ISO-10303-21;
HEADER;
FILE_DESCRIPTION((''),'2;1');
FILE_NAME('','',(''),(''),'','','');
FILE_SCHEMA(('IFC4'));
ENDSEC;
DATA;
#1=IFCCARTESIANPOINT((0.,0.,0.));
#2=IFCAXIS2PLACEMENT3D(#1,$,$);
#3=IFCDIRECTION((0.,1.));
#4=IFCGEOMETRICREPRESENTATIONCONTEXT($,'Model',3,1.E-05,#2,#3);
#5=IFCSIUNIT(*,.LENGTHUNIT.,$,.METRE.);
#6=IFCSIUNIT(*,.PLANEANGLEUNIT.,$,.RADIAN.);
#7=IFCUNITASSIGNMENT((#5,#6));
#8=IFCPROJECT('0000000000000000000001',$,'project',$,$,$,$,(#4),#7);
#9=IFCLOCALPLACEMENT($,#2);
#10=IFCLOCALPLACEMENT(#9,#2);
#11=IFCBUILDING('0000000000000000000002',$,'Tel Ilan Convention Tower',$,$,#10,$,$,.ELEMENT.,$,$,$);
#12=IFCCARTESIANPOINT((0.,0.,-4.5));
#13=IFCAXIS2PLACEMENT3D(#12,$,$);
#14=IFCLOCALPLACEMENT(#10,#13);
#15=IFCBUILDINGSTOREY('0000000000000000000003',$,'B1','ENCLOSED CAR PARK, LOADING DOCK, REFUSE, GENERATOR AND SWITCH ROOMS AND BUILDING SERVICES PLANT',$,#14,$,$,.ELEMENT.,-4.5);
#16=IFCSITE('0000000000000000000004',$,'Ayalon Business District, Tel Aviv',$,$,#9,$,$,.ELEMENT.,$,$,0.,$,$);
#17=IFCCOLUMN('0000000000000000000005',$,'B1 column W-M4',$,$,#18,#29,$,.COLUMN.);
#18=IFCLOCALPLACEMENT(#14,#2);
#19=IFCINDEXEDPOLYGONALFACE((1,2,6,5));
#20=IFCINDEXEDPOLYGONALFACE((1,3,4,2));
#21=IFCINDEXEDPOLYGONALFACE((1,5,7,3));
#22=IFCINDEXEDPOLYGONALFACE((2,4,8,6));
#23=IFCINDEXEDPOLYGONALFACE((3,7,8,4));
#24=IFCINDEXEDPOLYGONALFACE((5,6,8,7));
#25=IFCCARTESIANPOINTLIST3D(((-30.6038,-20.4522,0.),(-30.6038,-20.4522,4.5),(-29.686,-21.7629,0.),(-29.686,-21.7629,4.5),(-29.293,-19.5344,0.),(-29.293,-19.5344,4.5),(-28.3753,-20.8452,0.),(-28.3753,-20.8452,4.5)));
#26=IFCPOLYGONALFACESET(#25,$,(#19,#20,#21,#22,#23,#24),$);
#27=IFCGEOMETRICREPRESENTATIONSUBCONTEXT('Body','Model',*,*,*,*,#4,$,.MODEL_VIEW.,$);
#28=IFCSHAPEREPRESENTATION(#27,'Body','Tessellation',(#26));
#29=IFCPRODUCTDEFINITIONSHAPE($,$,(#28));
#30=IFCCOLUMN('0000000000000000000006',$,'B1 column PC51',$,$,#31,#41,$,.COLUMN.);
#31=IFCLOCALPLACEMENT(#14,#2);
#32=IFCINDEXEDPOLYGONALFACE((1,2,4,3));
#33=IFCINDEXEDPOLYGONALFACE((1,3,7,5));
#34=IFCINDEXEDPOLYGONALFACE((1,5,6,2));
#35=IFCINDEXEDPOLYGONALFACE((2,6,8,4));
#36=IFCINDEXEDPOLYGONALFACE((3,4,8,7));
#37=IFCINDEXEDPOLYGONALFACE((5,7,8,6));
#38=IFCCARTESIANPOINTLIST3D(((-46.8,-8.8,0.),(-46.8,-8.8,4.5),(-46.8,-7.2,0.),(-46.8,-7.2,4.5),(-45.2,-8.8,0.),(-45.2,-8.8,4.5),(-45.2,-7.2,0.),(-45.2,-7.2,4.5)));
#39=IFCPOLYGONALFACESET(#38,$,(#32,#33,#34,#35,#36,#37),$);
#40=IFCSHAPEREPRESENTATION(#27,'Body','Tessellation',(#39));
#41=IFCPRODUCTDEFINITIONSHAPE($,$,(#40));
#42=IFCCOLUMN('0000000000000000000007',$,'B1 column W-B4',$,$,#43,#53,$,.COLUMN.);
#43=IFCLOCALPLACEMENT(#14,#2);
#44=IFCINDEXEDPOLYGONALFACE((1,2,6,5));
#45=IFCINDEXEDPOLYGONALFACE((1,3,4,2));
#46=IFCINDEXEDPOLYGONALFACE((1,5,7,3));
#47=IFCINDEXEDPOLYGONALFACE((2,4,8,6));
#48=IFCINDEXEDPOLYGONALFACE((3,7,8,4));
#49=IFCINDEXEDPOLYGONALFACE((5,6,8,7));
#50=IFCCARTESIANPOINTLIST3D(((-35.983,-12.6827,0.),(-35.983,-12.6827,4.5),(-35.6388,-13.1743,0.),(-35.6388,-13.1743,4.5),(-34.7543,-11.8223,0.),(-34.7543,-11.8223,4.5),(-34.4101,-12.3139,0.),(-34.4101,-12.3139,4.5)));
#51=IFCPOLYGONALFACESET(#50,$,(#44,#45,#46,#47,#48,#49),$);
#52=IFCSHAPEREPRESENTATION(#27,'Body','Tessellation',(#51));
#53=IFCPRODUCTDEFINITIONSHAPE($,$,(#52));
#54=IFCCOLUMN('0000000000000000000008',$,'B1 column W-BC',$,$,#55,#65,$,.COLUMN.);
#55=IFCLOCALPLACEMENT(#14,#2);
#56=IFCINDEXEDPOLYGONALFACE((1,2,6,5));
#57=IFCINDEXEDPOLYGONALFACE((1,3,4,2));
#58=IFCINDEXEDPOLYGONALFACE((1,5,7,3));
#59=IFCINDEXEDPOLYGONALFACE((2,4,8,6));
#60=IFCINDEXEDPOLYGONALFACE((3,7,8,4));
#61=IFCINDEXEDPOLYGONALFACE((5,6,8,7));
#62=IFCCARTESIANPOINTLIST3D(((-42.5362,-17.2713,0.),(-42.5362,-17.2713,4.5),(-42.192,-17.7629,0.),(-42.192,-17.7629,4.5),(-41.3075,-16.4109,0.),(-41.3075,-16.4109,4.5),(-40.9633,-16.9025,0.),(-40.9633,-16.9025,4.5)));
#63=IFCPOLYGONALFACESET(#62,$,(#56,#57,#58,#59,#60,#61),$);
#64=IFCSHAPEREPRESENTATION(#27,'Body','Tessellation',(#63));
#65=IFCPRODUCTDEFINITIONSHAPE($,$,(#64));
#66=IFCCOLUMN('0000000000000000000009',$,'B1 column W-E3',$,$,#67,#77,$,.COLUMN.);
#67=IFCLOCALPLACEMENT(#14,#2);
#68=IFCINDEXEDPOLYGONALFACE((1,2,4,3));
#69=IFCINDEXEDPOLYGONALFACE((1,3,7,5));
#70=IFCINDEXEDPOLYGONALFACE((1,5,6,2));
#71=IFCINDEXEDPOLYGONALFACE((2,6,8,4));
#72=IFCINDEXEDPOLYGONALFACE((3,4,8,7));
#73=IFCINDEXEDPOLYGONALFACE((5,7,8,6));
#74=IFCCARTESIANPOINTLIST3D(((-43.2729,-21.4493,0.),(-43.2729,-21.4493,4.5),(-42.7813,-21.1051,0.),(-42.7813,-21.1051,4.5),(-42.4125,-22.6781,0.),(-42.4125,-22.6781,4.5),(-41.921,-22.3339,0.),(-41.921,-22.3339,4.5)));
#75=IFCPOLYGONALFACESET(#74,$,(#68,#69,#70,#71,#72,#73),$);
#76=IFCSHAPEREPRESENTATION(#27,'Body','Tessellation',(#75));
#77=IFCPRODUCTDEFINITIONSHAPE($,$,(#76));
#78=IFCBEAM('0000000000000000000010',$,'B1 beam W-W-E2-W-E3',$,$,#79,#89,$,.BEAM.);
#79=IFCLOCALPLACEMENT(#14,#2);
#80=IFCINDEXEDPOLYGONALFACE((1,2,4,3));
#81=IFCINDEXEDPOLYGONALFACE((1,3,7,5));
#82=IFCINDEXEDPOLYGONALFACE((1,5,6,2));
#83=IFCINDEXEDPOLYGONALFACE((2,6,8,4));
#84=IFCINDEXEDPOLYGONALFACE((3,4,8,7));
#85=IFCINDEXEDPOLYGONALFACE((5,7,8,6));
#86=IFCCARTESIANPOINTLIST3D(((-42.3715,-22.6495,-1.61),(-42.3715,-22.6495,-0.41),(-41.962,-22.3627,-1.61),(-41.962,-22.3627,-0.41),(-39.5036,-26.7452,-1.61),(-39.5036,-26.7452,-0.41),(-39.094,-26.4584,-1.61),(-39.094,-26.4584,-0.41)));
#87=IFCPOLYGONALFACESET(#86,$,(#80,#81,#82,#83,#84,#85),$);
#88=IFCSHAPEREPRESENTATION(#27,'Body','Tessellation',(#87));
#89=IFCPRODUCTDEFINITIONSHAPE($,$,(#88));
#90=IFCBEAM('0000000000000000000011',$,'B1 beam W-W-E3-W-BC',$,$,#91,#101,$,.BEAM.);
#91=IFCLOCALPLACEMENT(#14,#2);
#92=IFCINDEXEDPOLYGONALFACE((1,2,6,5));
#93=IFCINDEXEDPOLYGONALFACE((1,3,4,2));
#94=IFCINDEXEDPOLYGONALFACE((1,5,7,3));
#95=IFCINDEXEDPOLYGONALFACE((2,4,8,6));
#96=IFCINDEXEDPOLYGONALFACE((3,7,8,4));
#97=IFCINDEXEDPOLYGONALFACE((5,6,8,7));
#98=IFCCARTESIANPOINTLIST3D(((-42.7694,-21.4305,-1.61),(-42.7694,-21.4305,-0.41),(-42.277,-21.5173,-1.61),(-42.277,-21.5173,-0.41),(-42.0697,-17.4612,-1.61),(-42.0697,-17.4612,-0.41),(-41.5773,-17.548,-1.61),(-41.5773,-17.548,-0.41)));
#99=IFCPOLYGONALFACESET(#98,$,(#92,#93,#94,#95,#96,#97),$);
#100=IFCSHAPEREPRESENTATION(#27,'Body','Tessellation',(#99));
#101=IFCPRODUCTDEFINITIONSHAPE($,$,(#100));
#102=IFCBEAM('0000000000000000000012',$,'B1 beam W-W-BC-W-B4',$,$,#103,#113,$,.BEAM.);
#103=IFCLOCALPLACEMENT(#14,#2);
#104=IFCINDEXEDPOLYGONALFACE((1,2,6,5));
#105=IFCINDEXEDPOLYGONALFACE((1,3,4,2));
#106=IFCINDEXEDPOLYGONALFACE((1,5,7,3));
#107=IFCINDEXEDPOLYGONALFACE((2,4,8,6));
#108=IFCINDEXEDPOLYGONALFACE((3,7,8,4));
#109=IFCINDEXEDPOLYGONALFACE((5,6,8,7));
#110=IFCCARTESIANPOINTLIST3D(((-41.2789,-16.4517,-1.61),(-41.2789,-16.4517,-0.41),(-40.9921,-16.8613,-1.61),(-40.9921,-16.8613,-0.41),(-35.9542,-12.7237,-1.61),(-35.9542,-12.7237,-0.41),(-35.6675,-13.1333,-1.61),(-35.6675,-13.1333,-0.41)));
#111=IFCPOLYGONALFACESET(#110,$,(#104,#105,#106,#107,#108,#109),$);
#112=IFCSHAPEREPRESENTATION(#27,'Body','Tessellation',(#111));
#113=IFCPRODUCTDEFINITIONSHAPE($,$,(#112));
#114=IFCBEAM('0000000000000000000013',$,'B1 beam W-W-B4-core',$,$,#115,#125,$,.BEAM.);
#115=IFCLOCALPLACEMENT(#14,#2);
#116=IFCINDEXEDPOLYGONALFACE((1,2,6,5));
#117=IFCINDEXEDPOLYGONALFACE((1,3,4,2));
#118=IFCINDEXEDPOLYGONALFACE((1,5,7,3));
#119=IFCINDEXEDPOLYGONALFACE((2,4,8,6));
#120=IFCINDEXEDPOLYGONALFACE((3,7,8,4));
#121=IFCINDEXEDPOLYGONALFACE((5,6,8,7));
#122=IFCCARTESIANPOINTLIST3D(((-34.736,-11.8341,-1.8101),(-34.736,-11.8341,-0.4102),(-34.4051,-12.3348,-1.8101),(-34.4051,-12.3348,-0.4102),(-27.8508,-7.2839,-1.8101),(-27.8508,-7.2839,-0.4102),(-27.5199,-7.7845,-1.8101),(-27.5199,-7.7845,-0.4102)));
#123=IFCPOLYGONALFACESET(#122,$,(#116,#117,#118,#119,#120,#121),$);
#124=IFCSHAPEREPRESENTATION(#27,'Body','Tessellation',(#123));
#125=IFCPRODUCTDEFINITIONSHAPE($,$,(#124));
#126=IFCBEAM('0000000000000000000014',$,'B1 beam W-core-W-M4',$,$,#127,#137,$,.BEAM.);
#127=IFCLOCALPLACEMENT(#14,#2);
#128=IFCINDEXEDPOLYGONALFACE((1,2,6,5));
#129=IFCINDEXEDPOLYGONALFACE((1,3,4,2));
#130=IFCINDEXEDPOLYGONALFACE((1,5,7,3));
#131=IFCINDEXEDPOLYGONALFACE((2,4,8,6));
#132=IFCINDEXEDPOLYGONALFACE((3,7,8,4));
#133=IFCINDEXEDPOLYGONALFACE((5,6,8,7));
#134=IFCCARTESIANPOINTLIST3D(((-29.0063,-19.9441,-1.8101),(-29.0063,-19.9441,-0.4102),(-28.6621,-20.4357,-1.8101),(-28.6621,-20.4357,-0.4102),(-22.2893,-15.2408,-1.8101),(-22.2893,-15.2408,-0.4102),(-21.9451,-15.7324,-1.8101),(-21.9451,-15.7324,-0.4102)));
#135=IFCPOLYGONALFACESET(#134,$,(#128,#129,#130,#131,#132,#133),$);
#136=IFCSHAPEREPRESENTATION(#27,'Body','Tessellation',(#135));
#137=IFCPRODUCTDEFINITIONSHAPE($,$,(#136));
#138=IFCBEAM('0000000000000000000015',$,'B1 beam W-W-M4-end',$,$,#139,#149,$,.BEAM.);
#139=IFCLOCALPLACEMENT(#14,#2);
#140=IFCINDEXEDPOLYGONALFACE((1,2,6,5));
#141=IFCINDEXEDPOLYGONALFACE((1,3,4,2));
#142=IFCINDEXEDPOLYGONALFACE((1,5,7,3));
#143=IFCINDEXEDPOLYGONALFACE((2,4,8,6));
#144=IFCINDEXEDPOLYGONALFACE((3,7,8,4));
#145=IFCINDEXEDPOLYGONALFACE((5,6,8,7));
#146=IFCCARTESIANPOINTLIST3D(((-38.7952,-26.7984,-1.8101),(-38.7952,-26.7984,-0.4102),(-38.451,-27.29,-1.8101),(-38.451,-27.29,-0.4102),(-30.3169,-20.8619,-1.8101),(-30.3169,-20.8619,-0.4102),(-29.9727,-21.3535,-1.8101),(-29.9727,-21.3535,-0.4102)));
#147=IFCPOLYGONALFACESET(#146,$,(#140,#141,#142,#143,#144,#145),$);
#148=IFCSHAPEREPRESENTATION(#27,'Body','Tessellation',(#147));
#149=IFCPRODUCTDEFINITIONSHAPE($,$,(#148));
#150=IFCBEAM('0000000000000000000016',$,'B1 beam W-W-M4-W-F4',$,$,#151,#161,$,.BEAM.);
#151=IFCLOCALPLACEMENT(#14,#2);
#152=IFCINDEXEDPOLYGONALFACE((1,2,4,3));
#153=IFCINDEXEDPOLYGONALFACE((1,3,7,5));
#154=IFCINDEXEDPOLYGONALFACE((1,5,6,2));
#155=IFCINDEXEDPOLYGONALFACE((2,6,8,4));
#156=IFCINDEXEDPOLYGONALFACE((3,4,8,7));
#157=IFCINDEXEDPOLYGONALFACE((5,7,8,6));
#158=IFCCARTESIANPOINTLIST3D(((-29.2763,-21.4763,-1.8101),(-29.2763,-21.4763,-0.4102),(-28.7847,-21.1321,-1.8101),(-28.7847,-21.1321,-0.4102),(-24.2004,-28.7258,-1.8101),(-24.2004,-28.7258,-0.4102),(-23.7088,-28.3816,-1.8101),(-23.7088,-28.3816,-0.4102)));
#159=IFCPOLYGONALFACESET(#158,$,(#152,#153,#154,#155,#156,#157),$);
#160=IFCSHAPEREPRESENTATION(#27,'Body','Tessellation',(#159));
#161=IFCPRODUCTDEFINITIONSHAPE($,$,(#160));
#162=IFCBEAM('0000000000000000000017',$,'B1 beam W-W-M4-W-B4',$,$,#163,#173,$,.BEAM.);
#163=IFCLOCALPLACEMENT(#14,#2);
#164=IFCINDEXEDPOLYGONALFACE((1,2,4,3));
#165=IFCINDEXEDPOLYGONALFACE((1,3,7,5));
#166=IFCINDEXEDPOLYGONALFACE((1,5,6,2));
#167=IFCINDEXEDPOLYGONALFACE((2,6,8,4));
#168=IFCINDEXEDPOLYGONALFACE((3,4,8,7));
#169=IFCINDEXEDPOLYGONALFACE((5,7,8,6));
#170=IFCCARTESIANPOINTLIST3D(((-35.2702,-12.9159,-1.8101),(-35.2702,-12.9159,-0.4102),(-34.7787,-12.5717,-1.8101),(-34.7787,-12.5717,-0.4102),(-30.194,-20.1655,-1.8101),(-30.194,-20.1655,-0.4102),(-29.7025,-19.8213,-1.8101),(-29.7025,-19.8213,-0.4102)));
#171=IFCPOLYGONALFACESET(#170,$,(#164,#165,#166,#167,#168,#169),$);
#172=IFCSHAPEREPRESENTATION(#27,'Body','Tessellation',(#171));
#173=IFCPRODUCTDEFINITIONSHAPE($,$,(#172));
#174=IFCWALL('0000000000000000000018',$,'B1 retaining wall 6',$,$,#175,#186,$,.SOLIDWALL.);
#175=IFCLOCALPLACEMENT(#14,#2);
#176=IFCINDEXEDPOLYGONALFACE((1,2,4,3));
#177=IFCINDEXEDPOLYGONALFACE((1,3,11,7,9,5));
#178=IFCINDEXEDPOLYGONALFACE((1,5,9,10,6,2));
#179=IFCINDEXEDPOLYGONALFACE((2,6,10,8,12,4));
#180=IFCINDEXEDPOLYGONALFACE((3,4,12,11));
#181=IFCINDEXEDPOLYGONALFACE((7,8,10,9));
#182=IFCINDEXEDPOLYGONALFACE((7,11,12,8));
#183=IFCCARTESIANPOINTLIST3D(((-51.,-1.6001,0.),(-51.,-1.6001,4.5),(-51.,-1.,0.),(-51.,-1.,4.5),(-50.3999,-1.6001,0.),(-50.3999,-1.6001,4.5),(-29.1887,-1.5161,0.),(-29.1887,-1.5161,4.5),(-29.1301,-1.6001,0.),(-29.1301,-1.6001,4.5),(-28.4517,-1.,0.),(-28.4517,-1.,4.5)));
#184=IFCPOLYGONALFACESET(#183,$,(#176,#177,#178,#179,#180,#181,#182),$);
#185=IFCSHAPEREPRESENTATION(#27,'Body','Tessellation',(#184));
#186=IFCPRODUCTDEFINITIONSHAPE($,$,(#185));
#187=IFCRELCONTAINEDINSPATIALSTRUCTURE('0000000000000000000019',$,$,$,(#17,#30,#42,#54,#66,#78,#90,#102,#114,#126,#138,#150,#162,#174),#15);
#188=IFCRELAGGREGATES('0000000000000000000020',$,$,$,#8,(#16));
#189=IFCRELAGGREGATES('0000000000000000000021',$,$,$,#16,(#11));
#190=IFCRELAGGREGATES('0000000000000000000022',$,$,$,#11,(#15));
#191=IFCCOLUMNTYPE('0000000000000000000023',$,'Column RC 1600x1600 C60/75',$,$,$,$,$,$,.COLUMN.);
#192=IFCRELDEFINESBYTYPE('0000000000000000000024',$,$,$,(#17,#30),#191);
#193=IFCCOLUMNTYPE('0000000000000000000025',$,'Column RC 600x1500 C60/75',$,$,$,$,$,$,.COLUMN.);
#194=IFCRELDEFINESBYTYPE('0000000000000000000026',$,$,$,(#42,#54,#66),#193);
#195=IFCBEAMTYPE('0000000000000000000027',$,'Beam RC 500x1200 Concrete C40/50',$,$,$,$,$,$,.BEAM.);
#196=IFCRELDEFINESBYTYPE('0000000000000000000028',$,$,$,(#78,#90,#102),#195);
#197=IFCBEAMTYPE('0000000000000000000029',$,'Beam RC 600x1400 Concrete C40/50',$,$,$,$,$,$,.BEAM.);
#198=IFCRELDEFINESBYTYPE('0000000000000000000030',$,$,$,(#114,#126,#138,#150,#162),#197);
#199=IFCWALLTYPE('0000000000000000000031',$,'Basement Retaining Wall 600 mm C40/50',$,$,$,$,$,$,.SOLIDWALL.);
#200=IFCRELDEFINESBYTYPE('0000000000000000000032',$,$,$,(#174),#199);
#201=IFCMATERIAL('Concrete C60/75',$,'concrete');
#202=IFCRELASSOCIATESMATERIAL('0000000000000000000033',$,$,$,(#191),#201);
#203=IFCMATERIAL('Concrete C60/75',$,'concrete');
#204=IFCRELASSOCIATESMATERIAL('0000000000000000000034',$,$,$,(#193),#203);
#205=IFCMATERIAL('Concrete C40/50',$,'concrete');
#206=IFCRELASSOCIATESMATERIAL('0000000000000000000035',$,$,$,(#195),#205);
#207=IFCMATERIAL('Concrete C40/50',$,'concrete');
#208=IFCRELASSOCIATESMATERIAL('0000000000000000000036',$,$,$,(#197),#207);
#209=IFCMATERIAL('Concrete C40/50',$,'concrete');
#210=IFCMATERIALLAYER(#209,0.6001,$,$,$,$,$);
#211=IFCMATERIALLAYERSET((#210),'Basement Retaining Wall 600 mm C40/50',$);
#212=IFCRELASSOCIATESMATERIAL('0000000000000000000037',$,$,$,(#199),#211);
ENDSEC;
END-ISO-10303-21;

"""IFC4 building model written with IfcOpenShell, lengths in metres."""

from ifc_helpers import new_model, si_unit, direction, frame, origin, origin_2d, place, context, subcontext, project, spatial, polyline, rectangle, outline, extrude, material, layer, layer_set, material_profile, profile_set, type_object, element, save


model = new_model("IFC4")

# Units and contexts
model_context = context("Model", 3, precision=1e-05, world=origin(), true_north=direction((0.0, 1.0)))
body_context = subcontext(model_context, "Body", "Model", "MODEL_VIEW")
ifc_project = project(units=[si_unit("LENGTHUNIT", "METRE"), si_unit("PLANEANGLEUNIT", "RADIAN")], contexts=[model_context])

# Site, building, storey
site_placement = place(None, origin())
site = spatial("IfcSite", under=ifc_project, at=site_placement, Name="Ayalon Business District, Tel Aviv", CompositionType="ELEMENT", RefElevation=0.0)
building_placement = place(site_placement, origin())
building = spatial("IfcBuilding", under=site, at=building_placement, Name="Tel Ilan Convention Tower", CompositionType="ELEMENT")
storey_placement = place(building_placement, frame((0.0, 0.0, -4.5)))
storey = spatial("IfcBuildingStorey", under=building, at=storey_placement, Name="B1", Description="ENCLOSED CAR PARK, LOADING DOCK, REFUSE, GENERATOR AND SWITCH ROOMS AND BUILDING SERVICES PLANT", CompositionType="ELEMENT", Elevation=-4.5)

# Columns
ifc_material_1 = material(Name="Concrete C60/75", Category="concrete")
ifc_material_profile_1 = material_profile(ifc_material_1, rectangle(XDim=1.6001, YDim=1.6001, at=origin_2d()), Name="RC 1600x1600")
ifc_profile_set_1 = profile_set([ifc_material_profile_1], Name="Concrete C60/75")
column_type_1 = type_object("IfcColumnType", Name="Column RC 1600x1600 C60/75", PredefinedType="COLUMN", material=ifc_profile_set_1)
for number, where, z_axis, x_axis, name in (
    (1, (-29.4895, -20.6487, 0.0), (0.0, 0.0, 1.0), (-0.819152, -0.573576, 0.0), "B1 column W-M4"),
    (2, (-46.0, -8.0, 0.0), (0.0, 0.0, 1.0), (1.0, 0.0, 0.0), "B1 column PC51"),
):
    element("IfcColumn", number, at=place(storey_placement, frame(where, z_axis=z_axis, x_axis=x_axis)), inside=storey, type_object=column_type_1, Name=name, PredefinedType="COLUMN", context=body_context, shape_type="SweptSolid", body=[
        extrude(rectangle(XDim=1.6001, YDim=1.6001, at=origin_2d()), origin(), (0.0, 0.0, 1.0), 4.5),
    ])
ifc_material_2 = material(Name="Concrete C60/75", Category="concrete")
ifc_material_profile_2 = material_profile(ifc_material_2, rectangle(XDim=1.5, YDim=0.6001, at=origin_2d()), Name="RC 600x1500")
ifc_profile_set_2 = profile_set([ifc_material_profile_2], Name="Concrete C60/75")
column_type_2 = type_object("IfcColumnType", Name="Column RC 600x1500 C60/75", PredefinedType="COLUMN", material=ifc_profile_set_2)
for number, where, z_axis, x_axis, name in (
    (3, (-35.1965, -12.4983, 0.0), (0.0, 0.0, 1.0), (-0.819152, -0.573576, 0.0), "B1 column W-B4"),
    (4, (-41.7498, -17.0869, 0.0), (0.0, 0.0, 1.0), (-0.819152, -0.573576, 0.0), "B1 column W-BC"),
    (5, (-42.5969, -21.8916, 0.0), (0.0, 0.0, 1.0), (-0.573576, 0.819152, 0.0), "B1 column W-E3"),
):
    element("IfcColumn", number, at=place(storey_placement, frame(where, z_axis=z_axis, x_axis=x_axis)), inside=storey, type_object=column_type_2, Name=name, PredefinedType="COLUMN", context=body_context, shape_type="SweptSolid", body=[
        extrude(rectangle(XDim=1.5, YDim=0.6001, at=origin_2d()), origin(), (0.0, 0.0, 1.0), 4.5),
    ])

# Beams
ifc_material_3 = material(Name="Concrete C40/50", Category="concrete")
ifc_material_profile_3 = material_profile(ifc_material_3, rectangle(XDim=0.5, YDim=1.2, at=origin_2d()), Name="RC 500x1200")
ifc_profile_set_3 = profile_set([ifc_material_profile_3], Name="Concrete C40/50")
beam_type_1 = type_object("IfcBeamType", Name="Beam RC 500x1200 Concrete C40/50", PredefinedType="BEAM", material=ifc_profile_set_3)
beam_1_placement = place(storey_placement, frame((-39.2988, -26.6018, -1.01), z_axis=(-0.573587, 0.819145, 0.0), x_axis=(-0.819145, -0.573587, 0.0)))
element("IfcBeam", 6, at=beam_1_placement, inside=storey, type_object=beam_type_1, Name="B1 beam W-W-E2-W-E3", PredefinedType="BEAM", context=body_context, shape_type="SweptSolid", body=[
    extrude(rectangle(XDim=0.5, YDim=1.2, at=origin_2d()), origin(), (0.0, 0.0, 1.0), 5.0),
])
beam_2_placement = place(storey_placement, frame((-42.5232, -21.4739, -1.01), z_axis=(0.173606, 0.984815, 0.0), x_axis=(-0.984815, 0.173606, 0.0)))
element("IfcBeam", 7, at=beam_2_placement, inside=storey, type_object=beam_type_1, Name="B1 beam W-W-E3-W-BC", PredefinedType="BEAM", context=body_context, shape_type="SweptSolid", body=[
    extrude(rectangle(XDim=0.5, YDim=1.2, at=origin_2d()), origin(), (0.0, 0.0, 1.0), 4.0305),
])
beam_3_placement = place(storey_placement, frame((-41.1355, -16.6565, -1.01), z_axis=(0.819179, 0.573538, 0.0), x_axis=(-0.573538, 0.819179, 0.0)))
element("IfcBeam", 8, at=beam_3_placement, inside=storey, type_object=beam_type_1, Name="B1 beam W-W-BC-W-B4", PredefinedType="BEAM", context=body_context, shape_type="SweptSolid", body=[
    extrude(rectangle(XDim=0.5, YDim=1.2, at=origin_2d()), origin(), (0.0, 0.0, 1.0), 6.5),
])
ifc_material_4 = material(Name="Concrete C40/50", Category="concrete")
ifc_material_profile_4 = material_profile(ifc_material_4, rectangle(XDim=0.6001, YDim=1.3999, at=origin_2d()), Name="RC 600x1400")
ifc_profile_set_4 = profile_set([ifc_material_profile_4], Name="Concrete C40/50")
beam_type_2 = type_object("IfcBeamType", Name="Beam RC 600x1400 Concrete C40/50", PredefinedType="BEAM", material=ifc_profile_set_4)
beam_4_placement = place(storey_placement, frame((-34.5706, -12.0845, -1.1101), z_axis=(0.834274, 0.551351, 0.0), x_axis=(-0.551351, 0.834274, 0.0)))
element("IfcBeam", 9, at=beam_4_placement, inside=storey, type_object=beam_type_2, Name="B1 beam W-W-B4-core", PredefinedType="BEAM", context=body_context, shape_type="SweptSolid", body=[
    extrude(rectangle(XDim=0.6001, YDim=1.3999, at=origin_2d()), origin(), (0.0, 0.0, 1.0), 8.2529),
])
beam_5_placement = place(storey_placement, frame((-22.1172, -15.4866, -1.1101), z_axis=(-0.819149, -0.57358, 0.0), x_axis=(0.57358, -0.819149, 0.0)))
element("IfcBeam", 10, at=beam_5_placement, inside=storey, type_object=beam_type_2, Name="B1 beam W-core-W-M4", PredefinedType="BEAM", context=body_context, shape_type="SweptSolid", body=[
    extrude(rectangle(XDim=0.6001, YDim=1.3999, at=origin_2d()), origin(), (0.0, 0.0, 1.0), 8.2),
])
beam_6_placement = place(storey_placement, frame((-30.1448, -21.1077, -1.1101), z_axis=(-0.819153, -0.573575, 0.0), x_axis=(0.573575, -0.819153, 0.0)))
element("IfcBeam", 11, at=beam_6_placement, inside=storey, type_object=beam_type_2, Name="B1 beam W-W-M4-end", PredefinedType="BEAM", context=body_context, shape_type="SweptSolid", body=[
    extrude(rectangle(XDim=0.6001, YDim=1.3999, at=origin_2d()), origin(), (0.0, 0.0, 1.0), 10.3501),
])
beam_7_placement = place(storey_placement, frame((-29.0305, -21.3042, -1.1101), z_axis=(0.573559, -0.819165, 0.0), x_axis=(0.819165, 0.573559, 0.0)))
element("IfcBeam", 12, at=beam_7_placement, inside=storey, type_object=beam_type_2, Name="B1 beam W-W-M4-W-F4", PredefinedType="BEAM", context=body_context, shape_type="SweptSolid", body=[
    extrude(rectangle(XDim=0.6001, YDim=1.3999, at=origin_2d()), origin(), (0.0, 0.0, 1.0), 8.8499),
])
beam_8_placement = place(storey_placement, frame((-29.9482, -19.9934, -1.1101), z_axis=(-0.573577, 0.819152, 0.0), x_axis=(-0.819152, -0.573577, 0.0)))
element("IfcBeam", 13, at=beam_8_placement, inside=storey, type_object=beam_type_2, Name="B1 beam W-W-M4-W-B4", PredefinedType="BEAM", context=body_context, shape_type="SweptSolid", body=[
    extrude(rectangle(XDim=0.6001, YDim=1.3999, at=origin_2d()), origin(), (0.0, 0.0, 1.0), 8.8501),
])

# Wall
ifc_material_5 = material(Name="Concrete C40/50", Category="concrete")
ifc_layer_1 = layer(ifc_material_5, 0.6001)
ifc_layer_set_1 = layer_set([ifc_layer_1], Name="Basement Retaining Wall 600 mm C40/50")
wall_type_1 = type_object("IfcWallType", Name="Basement Retaining Wall 600 mm C40/50", PredefinedType="SOLIDWALL", material=ifc_layer_set_1)
wall_1_placement = place(storey_placement, frame((-28.4517, -1.3, 0.0), z_axis=(0.0, 0.0, 1.0), x_axis=(-1.0, 0.0, 0.0)))
element("IfcWall", 14, at=wall_1_placement, inside=storey, type_object=wall_type_1, Name="B1 retaining wall 6", PredefinedType="SOLIDWALL", context=body_context, shape_type="SweptSolid", body=[
    extrude(outline(polyline([(21.9482, 0.3), (22.5483, 0.3), (22.5483, -0.3), (0.0, -0.3), (0.7371, 0.2161), (0.6785, 0.3), (21.9482, 0.3)])), origin(), (0.0, 0.0, 1.0), 4.5),
])

save(model, "model.ifc")
